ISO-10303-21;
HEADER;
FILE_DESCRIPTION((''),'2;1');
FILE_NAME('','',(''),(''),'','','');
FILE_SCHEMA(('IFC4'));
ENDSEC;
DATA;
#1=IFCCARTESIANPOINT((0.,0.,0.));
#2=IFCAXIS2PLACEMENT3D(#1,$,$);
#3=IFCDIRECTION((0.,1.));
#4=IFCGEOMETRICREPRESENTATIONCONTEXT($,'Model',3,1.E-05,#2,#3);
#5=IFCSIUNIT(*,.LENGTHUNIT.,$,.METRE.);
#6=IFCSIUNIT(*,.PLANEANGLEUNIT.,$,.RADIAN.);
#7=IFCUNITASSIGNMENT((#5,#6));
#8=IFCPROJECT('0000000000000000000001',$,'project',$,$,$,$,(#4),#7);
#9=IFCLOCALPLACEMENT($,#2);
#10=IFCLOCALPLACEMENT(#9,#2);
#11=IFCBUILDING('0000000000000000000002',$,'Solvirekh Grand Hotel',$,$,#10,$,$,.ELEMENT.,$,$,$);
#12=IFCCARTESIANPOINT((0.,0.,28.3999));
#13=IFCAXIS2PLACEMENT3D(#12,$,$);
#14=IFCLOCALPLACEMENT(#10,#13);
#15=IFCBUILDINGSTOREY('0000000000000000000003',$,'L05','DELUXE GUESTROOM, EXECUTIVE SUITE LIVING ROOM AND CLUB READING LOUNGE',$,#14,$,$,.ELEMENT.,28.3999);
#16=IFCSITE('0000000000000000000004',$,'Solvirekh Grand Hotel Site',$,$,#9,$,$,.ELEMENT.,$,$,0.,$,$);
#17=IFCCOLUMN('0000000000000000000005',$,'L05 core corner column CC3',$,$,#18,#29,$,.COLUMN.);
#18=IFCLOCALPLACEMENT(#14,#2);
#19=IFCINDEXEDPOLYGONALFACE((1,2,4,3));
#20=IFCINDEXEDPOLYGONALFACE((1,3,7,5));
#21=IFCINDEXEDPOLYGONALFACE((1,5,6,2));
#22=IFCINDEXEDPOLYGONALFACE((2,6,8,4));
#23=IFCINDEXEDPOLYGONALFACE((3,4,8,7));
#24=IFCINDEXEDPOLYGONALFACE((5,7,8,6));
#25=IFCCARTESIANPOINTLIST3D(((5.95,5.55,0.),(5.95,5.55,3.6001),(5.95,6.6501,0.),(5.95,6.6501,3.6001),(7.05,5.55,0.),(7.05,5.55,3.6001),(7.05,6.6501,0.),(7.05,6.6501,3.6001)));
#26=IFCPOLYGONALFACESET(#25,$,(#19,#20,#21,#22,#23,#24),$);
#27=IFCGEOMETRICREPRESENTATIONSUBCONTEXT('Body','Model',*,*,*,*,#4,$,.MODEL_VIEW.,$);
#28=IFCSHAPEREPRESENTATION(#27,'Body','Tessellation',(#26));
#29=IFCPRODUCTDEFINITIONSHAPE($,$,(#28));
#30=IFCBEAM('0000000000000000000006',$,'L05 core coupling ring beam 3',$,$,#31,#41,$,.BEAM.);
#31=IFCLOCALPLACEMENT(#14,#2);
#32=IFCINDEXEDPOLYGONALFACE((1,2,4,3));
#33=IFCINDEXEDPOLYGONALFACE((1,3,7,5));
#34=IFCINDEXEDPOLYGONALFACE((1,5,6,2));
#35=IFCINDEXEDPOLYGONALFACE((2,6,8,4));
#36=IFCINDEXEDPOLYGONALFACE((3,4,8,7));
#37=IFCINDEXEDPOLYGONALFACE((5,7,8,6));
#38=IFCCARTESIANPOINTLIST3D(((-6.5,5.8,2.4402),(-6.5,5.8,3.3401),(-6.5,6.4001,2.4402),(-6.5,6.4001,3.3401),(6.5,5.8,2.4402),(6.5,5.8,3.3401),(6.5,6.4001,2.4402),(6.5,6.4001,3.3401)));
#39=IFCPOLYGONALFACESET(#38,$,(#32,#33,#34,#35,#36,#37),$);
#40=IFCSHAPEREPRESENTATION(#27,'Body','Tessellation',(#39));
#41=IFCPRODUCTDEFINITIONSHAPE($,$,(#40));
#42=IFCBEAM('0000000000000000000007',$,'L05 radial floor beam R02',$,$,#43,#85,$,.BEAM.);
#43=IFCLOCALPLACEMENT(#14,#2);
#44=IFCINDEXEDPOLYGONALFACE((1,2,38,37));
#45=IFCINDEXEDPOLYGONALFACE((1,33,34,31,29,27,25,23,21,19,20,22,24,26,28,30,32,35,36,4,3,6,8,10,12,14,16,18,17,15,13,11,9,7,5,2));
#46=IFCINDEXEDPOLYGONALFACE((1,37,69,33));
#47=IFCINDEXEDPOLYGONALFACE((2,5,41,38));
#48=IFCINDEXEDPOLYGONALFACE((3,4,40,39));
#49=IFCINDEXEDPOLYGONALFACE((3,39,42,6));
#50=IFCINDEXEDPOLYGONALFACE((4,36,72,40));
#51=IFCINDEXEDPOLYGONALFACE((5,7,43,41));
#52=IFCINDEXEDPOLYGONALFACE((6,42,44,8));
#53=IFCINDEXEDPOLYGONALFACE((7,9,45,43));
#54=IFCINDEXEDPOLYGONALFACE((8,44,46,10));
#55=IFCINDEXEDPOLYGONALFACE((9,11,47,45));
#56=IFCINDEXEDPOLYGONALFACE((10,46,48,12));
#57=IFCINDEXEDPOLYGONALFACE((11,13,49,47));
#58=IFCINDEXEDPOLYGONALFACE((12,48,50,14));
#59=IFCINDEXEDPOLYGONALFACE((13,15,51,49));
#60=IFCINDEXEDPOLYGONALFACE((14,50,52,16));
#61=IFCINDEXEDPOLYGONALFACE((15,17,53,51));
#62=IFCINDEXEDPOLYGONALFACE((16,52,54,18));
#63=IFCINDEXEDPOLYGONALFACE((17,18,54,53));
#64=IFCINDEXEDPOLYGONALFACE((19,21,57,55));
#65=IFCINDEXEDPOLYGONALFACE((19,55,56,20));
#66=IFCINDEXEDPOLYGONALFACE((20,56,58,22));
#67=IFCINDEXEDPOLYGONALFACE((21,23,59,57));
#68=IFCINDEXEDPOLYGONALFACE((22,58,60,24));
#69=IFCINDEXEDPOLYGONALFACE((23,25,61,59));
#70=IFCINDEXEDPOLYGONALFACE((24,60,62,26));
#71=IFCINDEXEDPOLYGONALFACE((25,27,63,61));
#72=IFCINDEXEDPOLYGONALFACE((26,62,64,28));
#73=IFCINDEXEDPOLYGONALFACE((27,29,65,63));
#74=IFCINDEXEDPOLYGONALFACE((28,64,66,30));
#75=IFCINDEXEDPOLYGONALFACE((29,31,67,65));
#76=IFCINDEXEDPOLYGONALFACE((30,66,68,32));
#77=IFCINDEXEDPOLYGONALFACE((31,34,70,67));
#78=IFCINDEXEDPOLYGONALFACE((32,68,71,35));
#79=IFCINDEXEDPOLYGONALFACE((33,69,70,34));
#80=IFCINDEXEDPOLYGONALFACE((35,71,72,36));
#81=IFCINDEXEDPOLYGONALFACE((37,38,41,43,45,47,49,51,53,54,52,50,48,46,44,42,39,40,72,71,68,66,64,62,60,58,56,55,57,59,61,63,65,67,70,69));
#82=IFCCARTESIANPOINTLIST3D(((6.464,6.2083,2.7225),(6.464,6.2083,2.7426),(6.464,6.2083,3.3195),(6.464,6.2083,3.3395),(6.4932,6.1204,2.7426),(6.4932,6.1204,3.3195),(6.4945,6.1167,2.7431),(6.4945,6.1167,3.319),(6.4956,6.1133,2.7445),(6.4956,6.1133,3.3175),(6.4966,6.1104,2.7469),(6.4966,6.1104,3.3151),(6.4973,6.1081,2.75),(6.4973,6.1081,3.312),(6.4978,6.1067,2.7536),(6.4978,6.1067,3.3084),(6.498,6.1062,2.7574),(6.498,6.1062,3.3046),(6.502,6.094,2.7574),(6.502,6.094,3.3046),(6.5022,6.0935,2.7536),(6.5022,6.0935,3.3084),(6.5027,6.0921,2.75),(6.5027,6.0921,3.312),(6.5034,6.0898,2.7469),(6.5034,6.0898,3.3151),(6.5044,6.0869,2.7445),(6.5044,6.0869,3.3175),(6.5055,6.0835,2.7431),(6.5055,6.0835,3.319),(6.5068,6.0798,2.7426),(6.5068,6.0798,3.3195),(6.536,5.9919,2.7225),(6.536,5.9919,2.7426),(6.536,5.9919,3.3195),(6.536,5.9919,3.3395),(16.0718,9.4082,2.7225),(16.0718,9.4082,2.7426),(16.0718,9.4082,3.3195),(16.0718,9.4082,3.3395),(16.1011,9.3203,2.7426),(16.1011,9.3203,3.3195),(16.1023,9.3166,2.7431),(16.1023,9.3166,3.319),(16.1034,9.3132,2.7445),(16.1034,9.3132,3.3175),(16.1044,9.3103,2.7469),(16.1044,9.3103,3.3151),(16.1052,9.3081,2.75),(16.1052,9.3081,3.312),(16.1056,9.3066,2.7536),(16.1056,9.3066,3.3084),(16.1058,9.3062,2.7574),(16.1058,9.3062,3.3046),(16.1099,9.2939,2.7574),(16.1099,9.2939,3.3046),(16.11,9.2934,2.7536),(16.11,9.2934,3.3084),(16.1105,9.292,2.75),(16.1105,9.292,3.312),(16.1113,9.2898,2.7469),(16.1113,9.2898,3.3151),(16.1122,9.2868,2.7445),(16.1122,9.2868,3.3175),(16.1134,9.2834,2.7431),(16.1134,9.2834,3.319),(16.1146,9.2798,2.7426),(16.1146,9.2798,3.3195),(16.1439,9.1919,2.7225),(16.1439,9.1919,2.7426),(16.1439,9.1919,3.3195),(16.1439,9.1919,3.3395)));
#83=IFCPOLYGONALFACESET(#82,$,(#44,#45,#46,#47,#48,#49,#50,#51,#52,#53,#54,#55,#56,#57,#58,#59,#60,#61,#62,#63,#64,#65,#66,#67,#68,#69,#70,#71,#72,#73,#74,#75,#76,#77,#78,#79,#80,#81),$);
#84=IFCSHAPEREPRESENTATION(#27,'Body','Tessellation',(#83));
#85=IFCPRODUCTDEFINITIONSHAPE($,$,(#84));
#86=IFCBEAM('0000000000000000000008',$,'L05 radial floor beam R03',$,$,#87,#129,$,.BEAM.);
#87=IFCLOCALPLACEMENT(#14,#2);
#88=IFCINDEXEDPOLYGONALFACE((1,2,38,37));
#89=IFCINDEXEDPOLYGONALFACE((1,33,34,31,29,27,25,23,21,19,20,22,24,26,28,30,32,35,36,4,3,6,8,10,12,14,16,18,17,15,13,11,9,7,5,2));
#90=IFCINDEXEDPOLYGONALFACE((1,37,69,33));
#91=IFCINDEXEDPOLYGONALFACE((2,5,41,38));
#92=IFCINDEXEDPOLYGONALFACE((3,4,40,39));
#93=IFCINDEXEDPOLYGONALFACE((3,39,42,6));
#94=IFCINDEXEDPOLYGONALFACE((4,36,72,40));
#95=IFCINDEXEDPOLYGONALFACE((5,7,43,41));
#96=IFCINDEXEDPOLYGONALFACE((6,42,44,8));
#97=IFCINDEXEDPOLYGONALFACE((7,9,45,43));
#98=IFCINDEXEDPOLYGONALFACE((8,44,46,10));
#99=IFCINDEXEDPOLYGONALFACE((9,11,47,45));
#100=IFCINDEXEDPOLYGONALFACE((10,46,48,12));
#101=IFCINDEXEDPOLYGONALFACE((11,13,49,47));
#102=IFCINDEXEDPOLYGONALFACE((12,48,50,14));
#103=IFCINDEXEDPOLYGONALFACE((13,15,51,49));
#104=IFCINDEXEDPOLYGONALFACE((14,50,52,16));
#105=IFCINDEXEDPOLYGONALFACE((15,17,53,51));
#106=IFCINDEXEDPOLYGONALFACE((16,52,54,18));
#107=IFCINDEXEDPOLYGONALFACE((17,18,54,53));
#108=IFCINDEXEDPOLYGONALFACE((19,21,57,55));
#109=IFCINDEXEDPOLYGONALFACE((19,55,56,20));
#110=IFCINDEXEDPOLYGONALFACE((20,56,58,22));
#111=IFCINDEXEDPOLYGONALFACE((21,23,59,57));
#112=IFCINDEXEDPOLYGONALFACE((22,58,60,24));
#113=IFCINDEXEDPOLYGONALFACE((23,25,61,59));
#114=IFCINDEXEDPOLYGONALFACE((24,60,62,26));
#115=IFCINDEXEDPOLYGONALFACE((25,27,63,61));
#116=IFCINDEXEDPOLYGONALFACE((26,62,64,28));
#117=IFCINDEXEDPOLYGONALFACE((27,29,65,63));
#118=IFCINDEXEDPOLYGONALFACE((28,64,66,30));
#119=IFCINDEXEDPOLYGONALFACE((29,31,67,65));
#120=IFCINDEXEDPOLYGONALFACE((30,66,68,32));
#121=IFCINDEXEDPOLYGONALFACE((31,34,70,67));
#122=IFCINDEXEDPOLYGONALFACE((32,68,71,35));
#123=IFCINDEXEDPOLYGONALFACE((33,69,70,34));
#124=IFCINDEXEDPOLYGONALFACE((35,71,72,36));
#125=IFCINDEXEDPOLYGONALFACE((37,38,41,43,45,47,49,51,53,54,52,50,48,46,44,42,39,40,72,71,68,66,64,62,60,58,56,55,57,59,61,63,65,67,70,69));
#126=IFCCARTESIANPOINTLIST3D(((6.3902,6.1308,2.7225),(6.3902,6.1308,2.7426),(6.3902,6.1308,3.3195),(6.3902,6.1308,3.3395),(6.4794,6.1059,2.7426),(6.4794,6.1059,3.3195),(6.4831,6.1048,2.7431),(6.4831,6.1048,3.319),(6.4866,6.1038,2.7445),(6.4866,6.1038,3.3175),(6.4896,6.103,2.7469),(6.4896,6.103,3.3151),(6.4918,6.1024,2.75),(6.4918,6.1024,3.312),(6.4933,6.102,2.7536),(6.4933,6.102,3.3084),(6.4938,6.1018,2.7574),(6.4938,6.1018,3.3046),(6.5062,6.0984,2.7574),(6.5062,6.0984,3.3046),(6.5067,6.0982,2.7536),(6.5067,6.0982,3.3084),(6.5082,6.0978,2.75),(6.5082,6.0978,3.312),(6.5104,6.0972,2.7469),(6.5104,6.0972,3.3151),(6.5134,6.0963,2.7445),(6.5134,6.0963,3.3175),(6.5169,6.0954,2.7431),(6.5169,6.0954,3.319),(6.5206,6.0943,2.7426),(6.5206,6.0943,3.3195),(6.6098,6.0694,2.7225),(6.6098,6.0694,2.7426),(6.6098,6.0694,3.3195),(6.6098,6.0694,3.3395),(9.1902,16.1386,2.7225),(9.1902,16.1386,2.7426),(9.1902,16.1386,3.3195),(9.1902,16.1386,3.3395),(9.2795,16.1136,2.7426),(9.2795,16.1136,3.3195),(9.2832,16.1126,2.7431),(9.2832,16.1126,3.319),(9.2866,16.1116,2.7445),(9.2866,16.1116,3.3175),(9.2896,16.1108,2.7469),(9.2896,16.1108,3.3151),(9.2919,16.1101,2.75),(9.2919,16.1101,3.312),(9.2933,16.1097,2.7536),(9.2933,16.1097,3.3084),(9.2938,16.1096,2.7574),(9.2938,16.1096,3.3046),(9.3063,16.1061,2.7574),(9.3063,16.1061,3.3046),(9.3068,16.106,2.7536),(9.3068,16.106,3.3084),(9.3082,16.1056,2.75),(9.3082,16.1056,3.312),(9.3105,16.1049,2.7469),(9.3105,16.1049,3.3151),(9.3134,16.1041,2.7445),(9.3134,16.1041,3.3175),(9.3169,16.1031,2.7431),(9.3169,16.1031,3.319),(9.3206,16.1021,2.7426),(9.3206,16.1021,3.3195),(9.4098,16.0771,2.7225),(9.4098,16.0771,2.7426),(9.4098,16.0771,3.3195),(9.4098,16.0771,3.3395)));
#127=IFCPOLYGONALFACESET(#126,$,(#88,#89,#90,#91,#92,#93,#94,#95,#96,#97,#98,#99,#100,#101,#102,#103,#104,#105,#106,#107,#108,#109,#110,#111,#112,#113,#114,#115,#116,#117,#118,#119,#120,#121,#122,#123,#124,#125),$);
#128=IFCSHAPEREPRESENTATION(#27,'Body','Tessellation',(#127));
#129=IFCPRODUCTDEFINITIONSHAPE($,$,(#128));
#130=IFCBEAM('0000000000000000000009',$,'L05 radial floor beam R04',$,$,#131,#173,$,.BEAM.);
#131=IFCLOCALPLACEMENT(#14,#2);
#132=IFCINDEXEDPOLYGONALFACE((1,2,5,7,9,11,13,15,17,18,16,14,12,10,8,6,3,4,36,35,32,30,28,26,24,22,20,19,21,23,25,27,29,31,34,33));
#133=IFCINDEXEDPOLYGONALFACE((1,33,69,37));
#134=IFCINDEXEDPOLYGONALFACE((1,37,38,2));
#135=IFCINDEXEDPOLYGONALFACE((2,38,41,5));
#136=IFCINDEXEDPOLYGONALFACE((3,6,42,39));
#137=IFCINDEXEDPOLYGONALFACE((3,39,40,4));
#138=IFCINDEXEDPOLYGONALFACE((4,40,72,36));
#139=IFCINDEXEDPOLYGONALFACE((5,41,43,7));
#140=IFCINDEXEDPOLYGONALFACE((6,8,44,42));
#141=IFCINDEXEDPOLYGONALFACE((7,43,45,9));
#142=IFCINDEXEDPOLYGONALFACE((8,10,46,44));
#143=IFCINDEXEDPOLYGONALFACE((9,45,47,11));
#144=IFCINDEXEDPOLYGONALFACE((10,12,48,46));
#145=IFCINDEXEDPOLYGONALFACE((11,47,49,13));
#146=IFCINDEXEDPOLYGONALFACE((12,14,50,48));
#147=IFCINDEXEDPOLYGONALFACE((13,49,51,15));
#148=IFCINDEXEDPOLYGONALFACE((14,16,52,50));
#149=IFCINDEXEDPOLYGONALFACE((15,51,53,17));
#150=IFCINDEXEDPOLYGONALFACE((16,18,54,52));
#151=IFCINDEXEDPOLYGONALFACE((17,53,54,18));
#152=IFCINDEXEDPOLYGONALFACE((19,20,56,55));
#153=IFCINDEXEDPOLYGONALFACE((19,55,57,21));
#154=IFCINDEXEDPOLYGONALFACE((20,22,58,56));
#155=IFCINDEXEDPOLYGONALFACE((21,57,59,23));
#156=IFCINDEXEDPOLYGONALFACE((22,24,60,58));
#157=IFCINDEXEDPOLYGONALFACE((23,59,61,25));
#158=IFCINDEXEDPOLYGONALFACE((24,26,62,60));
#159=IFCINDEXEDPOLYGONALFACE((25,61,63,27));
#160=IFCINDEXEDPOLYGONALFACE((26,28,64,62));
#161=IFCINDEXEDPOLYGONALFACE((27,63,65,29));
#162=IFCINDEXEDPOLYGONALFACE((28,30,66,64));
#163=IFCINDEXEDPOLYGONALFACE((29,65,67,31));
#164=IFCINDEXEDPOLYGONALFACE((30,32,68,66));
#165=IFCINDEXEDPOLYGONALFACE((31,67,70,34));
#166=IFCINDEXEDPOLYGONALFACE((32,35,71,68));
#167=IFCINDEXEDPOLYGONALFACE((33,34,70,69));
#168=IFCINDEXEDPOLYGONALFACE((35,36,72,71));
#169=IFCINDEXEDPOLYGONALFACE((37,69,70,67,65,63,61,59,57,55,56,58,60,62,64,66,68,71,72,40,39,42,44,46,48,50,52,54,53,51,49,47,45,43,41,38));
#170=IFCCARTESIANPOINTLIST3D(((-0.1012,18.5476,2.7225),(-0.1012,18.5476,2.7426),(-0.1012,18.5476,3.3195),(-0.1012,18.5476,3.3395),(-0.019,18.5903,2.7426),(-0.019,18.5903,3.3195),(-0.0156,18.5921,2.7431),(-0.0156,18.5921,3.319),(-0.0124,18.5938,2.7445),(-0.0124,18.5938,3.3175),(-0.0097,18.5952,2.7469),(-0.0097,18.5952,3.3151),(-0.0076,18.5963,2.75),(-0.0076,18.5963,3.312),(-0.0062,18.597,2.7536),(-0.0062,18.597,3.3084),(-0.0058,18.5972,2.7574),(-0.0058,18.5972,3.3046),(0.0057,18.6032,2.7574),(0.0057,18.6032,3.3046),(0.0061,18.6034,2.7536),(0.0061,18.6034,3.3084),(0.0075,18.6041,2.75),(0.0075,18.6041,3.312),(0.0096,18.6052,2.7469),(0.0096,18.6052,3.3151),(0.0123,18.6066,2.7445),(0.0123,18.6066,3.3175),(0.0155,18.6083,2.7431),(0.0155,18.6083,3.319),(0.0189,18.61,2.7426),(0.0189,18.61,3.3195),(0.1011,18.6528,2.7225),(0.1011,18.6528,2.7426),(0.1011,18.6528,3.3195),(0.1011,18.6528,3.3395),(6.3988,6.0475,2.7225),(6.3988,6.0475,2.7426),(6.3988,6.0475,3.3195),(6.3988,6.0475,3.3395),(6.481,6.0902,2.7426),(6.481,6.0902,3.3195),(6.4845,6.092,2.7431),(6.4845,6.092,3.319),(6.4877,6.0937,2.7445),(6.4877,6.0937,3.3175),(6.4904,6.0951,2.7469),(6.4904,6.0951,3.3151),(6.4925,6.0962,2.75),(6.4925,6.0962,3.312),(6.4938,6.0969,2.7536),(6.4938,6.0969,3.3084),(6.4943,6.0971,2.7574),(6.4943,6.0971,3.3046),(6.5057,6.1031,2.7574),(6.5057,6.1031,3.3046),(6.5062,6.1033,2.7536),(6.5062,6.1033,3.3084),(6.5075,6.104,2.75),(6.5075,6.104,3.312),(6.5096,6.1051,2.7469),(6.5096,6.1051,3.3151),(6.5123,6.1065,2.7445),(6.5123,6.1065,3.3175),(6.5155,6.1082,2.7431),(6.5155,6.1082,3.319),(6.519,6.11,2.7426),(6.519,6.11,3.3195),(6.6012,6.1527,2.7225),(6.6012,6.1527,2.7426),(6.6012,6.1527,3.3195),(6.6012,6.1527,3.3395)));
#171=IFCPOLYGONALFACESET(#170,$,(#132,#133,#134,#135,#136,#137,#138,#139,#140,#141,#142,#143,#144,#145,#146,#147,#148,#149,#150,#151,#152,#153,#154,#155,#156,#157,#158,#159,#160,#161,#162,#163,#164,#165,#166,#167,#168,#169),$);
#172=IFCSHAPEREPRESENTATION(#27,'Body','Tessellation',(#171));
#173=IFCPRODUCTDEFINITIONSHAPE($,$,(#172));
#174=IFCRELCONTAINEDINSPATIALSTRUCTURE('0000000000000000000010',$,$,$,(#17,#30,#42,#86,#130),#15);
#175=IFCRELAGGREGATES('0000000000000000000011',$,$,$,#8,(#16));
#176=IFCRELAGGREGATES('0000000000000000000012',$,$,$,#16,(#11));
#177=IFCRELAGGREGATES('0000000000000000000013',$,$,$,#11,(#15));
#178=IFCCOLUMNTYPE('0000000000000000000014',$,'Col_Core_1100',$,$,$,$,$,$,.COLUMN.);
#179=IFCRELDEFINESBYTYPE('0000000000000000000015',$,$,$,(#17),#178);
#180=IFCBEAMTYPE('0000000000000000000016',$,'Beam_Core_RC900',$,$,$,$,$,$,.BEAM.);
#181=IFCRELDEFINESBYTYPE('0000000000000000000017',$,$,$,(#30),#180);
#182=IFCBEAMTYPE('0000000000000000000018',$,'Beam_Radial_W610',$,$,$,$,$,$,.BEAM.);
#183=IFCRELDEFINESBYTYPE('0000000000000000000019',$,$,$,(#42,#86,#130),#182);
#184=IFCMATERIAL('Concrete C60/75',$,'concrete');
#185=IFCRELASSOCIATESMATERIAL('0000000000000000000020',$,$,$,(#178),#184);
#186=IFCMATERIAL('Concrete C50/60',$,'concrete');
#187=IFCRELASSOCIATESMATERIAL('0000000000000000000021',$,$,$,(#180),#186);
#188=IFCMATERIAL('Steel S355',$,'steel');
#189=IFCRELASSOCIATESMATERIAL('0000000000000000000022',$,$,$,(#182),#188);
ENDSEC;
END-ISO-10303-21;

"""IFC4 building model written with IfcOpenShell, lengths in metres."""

from ifc_helpers import new_model, si_unit, direction, frame, origin, origin_2d, place, context, subcontext, project, spatial, rectangle, i_section, extrude, material, material_profile, profile_set, type_object, element, save


model = new_model("IFC4")

# Units and contexts
model_context = context("Model", 3, precision=1e-05, world=origin(), true_north=direction((0.0, 1.0)))
body_context = subcontext(model_context, "Body", "Model", "MODEL_VIEW")
ifc_project = project(units=[si_unit("LENGTHUNIT", "METRE"), si_unit("PLANEANGLEUNIT", "RADIAN")], contexts=[model_context])

# Site, building, storey
site_placement = place(None, origin())
site = spatial("IfcSite", under=ifc_project, at=site_placement, Name="Solvirekh Grand Hotel Site", CompositionType="ELEMENT", RefElevation=0.0)
building_placement = place(site_placement, origin())
building = spatial("IfcBuilding", under=site, at=building_placement, Name="Solvirekh Grand Hotel", CompositionType="ELEMENT")
storey_placement = place(building_placement, frame((0.0, 0.0, 28.3999)))
storey = spatial("IfcBuildingStorey", under=building, at=storey_placement, Name="L05", Description="DELUXE GUESTROOM, EXECUTIVE SUITE LIVING ROOM AND CLUB READING LOUNGE", CompositionType="ELEMENT", Elevation=28.3999)

# Column
ifc_material_1 = material(Name="Concrete C60/75", Category="concrete")
ifc_material_profile_1 = material_profile(ifc_material_1, rectangle(XDim=1.1001, YDim=1.1001, at=origin_2d()), Name="RC 1100X1100")
ifc_profile_set_1 = profile_set([ifc_material_profile_1], Name="Concrete C60/75")
column_type = type_object("IfcColumnType", Name="Col_Core_1100", PredefinedType="COLUMN", material=ifc_profile_set_1)
column_placement = place(storey_placement, frame((6.5, 6.1001, 0.0), z_axis=(0.0, 0.0, 1.0), x_axis=(1.0, 0.0, 0.0)))
element("IfcColumn", 1, at=column_placement, inside=storey, type_object=column_type, Name="L05 core corner column CC3", PredefinedType="COLUMN", context=body_context, shape_type="SweptSolid", body=[
    extrude(rectangle(XDim=1.1001, YDim=1.1001, at=origin_2d()), origin(), (0.0, 0.0, 1.0), 3.6001),
])

# Beams
ifc_material_2 = material(Name="Concrete C50/60", Category="concrete")
ifc_material_profile_2 = material_profile(ifc_material_2, rectangle(XDim=0.6001, YDim=0.8999, at=origin_2d()), Name="RC BEAM 600X900")
ifc_profile_set_2 = profile_set([ifc_material_profile_2], Name="Concrete C50/60")
beam_type_1 = type_object("IfcBeamType", Name="Beam_Core_RC900", PredefinedType="BEAM", material=ifc_profile_set_2)
beam_1_placement = place(storey_placement, frame((6.5, 6.1001, 2.8901), z_axis=(-1.0, 0.0, 0.0), x_axis=(0.0, -1.0, 0.0)))
element("IfcBeam", 2, at=beam_1_placement, inside=storey, type_object=beam_type_1, Name="L05 core coupling ring beam 3", PredefinedType="BEAM", context=body_context, shape_type="SweptSolid", body=[
    extrude(rectangle(XDim=0.6001, YDim=0.8999, at=origin_2d()), origin(), (0.0, 0.0, 1.0), 13.0),
])
ifc_material_3 = material(Name="Steel S355", Category="steel")
ifc_material_profile_3 = material_profile(ifc_material_3, i_section(OverallWidth=0.228, OverallDepth=0.6169, WebThickness=0.0129, FlangeThickness=0.02, FilletRadius=0.0149, at=origin_2d()), Name="W610X140")
ifc_profile_set_3 = profile_set([ifc_material_profile_3], Name="Steel S355")
beam_type_2 = type_object("IfcBeamType", Name="Beam_Radial_W610", PredefinedType="BEAM", material=ifc_profile_set_3)
beam_2_placement = place(storey_placement, frame((6.5, 6.1001, 3.031), z_axis=(0.948763, 0.315989, 0.0), x_axis=(-0.315989, 0.948763, 0.0)))
element("IfcBeam", 3, at=beam_2_placement, inside=storey, type_object=beam_type_2, Name="L05 radial floor beam R02", PredefinedType="BEAM", context=body_context, shape_type="SweptSolid", body=[
    extrude(i_section(OverallWidth=0.228, OverallDepth=0.6169, WebThickness=0.0129, FlangeThickness=0.02, FilletRadius=0.0149, at=origin_2d()), origin(), (0.0, 0.0, 1.0), 10.1267),
])
beam_3_placement = place(storey_placement, frame((6.5, 6.1001, 3.031), z_axis=(0.269439, 0.963017, 0.0), x_axis=(-0.963017, 0.269439, 0.0)))
element("IfcBeam", 4, at=beam_3_placement, inside=storey, type_object=beam_type_2, Name="L05 radial floor beam R03", PredefinedType="BEAM", context=body_context, shape_type="SweptSolid", body=[
    extrude(i_section(OverallWidth=0.228, OverallDepth=0.6169, WebThickness=0.0129, FlangeThickness=0.02, FilletRadius=0.0149, at=origin_2d()), origin(), (0.0, 0.0, 1.0), 10.3921),
])
beam_4_placement = place(storey_placement, frame((6.5, 6.1001, 3.031), z_axis=(-0.461353, 0.887217, 0.0), x_axis=(-0.887217, -0.461353, 0.0)))
element("IfcBeam", 5, at=beam_4_placement, inside=storey, type_object=beam_type_2, Name="L05 radial floor beam R04", PredefinedType="BEAM", context=body_context, shape_type="SweptSolid", body=[
    extrude(i_section(OverallWidth=0.228, OverallDepth=0.6169, WebThickness=0.0129, FlangeThickness=0.02, FilletRadius=0.0149, at=origin_2d()), origin(), (0.0, 0.0, 1.0), 14.0891),
])

save(model, "model.ifc")
